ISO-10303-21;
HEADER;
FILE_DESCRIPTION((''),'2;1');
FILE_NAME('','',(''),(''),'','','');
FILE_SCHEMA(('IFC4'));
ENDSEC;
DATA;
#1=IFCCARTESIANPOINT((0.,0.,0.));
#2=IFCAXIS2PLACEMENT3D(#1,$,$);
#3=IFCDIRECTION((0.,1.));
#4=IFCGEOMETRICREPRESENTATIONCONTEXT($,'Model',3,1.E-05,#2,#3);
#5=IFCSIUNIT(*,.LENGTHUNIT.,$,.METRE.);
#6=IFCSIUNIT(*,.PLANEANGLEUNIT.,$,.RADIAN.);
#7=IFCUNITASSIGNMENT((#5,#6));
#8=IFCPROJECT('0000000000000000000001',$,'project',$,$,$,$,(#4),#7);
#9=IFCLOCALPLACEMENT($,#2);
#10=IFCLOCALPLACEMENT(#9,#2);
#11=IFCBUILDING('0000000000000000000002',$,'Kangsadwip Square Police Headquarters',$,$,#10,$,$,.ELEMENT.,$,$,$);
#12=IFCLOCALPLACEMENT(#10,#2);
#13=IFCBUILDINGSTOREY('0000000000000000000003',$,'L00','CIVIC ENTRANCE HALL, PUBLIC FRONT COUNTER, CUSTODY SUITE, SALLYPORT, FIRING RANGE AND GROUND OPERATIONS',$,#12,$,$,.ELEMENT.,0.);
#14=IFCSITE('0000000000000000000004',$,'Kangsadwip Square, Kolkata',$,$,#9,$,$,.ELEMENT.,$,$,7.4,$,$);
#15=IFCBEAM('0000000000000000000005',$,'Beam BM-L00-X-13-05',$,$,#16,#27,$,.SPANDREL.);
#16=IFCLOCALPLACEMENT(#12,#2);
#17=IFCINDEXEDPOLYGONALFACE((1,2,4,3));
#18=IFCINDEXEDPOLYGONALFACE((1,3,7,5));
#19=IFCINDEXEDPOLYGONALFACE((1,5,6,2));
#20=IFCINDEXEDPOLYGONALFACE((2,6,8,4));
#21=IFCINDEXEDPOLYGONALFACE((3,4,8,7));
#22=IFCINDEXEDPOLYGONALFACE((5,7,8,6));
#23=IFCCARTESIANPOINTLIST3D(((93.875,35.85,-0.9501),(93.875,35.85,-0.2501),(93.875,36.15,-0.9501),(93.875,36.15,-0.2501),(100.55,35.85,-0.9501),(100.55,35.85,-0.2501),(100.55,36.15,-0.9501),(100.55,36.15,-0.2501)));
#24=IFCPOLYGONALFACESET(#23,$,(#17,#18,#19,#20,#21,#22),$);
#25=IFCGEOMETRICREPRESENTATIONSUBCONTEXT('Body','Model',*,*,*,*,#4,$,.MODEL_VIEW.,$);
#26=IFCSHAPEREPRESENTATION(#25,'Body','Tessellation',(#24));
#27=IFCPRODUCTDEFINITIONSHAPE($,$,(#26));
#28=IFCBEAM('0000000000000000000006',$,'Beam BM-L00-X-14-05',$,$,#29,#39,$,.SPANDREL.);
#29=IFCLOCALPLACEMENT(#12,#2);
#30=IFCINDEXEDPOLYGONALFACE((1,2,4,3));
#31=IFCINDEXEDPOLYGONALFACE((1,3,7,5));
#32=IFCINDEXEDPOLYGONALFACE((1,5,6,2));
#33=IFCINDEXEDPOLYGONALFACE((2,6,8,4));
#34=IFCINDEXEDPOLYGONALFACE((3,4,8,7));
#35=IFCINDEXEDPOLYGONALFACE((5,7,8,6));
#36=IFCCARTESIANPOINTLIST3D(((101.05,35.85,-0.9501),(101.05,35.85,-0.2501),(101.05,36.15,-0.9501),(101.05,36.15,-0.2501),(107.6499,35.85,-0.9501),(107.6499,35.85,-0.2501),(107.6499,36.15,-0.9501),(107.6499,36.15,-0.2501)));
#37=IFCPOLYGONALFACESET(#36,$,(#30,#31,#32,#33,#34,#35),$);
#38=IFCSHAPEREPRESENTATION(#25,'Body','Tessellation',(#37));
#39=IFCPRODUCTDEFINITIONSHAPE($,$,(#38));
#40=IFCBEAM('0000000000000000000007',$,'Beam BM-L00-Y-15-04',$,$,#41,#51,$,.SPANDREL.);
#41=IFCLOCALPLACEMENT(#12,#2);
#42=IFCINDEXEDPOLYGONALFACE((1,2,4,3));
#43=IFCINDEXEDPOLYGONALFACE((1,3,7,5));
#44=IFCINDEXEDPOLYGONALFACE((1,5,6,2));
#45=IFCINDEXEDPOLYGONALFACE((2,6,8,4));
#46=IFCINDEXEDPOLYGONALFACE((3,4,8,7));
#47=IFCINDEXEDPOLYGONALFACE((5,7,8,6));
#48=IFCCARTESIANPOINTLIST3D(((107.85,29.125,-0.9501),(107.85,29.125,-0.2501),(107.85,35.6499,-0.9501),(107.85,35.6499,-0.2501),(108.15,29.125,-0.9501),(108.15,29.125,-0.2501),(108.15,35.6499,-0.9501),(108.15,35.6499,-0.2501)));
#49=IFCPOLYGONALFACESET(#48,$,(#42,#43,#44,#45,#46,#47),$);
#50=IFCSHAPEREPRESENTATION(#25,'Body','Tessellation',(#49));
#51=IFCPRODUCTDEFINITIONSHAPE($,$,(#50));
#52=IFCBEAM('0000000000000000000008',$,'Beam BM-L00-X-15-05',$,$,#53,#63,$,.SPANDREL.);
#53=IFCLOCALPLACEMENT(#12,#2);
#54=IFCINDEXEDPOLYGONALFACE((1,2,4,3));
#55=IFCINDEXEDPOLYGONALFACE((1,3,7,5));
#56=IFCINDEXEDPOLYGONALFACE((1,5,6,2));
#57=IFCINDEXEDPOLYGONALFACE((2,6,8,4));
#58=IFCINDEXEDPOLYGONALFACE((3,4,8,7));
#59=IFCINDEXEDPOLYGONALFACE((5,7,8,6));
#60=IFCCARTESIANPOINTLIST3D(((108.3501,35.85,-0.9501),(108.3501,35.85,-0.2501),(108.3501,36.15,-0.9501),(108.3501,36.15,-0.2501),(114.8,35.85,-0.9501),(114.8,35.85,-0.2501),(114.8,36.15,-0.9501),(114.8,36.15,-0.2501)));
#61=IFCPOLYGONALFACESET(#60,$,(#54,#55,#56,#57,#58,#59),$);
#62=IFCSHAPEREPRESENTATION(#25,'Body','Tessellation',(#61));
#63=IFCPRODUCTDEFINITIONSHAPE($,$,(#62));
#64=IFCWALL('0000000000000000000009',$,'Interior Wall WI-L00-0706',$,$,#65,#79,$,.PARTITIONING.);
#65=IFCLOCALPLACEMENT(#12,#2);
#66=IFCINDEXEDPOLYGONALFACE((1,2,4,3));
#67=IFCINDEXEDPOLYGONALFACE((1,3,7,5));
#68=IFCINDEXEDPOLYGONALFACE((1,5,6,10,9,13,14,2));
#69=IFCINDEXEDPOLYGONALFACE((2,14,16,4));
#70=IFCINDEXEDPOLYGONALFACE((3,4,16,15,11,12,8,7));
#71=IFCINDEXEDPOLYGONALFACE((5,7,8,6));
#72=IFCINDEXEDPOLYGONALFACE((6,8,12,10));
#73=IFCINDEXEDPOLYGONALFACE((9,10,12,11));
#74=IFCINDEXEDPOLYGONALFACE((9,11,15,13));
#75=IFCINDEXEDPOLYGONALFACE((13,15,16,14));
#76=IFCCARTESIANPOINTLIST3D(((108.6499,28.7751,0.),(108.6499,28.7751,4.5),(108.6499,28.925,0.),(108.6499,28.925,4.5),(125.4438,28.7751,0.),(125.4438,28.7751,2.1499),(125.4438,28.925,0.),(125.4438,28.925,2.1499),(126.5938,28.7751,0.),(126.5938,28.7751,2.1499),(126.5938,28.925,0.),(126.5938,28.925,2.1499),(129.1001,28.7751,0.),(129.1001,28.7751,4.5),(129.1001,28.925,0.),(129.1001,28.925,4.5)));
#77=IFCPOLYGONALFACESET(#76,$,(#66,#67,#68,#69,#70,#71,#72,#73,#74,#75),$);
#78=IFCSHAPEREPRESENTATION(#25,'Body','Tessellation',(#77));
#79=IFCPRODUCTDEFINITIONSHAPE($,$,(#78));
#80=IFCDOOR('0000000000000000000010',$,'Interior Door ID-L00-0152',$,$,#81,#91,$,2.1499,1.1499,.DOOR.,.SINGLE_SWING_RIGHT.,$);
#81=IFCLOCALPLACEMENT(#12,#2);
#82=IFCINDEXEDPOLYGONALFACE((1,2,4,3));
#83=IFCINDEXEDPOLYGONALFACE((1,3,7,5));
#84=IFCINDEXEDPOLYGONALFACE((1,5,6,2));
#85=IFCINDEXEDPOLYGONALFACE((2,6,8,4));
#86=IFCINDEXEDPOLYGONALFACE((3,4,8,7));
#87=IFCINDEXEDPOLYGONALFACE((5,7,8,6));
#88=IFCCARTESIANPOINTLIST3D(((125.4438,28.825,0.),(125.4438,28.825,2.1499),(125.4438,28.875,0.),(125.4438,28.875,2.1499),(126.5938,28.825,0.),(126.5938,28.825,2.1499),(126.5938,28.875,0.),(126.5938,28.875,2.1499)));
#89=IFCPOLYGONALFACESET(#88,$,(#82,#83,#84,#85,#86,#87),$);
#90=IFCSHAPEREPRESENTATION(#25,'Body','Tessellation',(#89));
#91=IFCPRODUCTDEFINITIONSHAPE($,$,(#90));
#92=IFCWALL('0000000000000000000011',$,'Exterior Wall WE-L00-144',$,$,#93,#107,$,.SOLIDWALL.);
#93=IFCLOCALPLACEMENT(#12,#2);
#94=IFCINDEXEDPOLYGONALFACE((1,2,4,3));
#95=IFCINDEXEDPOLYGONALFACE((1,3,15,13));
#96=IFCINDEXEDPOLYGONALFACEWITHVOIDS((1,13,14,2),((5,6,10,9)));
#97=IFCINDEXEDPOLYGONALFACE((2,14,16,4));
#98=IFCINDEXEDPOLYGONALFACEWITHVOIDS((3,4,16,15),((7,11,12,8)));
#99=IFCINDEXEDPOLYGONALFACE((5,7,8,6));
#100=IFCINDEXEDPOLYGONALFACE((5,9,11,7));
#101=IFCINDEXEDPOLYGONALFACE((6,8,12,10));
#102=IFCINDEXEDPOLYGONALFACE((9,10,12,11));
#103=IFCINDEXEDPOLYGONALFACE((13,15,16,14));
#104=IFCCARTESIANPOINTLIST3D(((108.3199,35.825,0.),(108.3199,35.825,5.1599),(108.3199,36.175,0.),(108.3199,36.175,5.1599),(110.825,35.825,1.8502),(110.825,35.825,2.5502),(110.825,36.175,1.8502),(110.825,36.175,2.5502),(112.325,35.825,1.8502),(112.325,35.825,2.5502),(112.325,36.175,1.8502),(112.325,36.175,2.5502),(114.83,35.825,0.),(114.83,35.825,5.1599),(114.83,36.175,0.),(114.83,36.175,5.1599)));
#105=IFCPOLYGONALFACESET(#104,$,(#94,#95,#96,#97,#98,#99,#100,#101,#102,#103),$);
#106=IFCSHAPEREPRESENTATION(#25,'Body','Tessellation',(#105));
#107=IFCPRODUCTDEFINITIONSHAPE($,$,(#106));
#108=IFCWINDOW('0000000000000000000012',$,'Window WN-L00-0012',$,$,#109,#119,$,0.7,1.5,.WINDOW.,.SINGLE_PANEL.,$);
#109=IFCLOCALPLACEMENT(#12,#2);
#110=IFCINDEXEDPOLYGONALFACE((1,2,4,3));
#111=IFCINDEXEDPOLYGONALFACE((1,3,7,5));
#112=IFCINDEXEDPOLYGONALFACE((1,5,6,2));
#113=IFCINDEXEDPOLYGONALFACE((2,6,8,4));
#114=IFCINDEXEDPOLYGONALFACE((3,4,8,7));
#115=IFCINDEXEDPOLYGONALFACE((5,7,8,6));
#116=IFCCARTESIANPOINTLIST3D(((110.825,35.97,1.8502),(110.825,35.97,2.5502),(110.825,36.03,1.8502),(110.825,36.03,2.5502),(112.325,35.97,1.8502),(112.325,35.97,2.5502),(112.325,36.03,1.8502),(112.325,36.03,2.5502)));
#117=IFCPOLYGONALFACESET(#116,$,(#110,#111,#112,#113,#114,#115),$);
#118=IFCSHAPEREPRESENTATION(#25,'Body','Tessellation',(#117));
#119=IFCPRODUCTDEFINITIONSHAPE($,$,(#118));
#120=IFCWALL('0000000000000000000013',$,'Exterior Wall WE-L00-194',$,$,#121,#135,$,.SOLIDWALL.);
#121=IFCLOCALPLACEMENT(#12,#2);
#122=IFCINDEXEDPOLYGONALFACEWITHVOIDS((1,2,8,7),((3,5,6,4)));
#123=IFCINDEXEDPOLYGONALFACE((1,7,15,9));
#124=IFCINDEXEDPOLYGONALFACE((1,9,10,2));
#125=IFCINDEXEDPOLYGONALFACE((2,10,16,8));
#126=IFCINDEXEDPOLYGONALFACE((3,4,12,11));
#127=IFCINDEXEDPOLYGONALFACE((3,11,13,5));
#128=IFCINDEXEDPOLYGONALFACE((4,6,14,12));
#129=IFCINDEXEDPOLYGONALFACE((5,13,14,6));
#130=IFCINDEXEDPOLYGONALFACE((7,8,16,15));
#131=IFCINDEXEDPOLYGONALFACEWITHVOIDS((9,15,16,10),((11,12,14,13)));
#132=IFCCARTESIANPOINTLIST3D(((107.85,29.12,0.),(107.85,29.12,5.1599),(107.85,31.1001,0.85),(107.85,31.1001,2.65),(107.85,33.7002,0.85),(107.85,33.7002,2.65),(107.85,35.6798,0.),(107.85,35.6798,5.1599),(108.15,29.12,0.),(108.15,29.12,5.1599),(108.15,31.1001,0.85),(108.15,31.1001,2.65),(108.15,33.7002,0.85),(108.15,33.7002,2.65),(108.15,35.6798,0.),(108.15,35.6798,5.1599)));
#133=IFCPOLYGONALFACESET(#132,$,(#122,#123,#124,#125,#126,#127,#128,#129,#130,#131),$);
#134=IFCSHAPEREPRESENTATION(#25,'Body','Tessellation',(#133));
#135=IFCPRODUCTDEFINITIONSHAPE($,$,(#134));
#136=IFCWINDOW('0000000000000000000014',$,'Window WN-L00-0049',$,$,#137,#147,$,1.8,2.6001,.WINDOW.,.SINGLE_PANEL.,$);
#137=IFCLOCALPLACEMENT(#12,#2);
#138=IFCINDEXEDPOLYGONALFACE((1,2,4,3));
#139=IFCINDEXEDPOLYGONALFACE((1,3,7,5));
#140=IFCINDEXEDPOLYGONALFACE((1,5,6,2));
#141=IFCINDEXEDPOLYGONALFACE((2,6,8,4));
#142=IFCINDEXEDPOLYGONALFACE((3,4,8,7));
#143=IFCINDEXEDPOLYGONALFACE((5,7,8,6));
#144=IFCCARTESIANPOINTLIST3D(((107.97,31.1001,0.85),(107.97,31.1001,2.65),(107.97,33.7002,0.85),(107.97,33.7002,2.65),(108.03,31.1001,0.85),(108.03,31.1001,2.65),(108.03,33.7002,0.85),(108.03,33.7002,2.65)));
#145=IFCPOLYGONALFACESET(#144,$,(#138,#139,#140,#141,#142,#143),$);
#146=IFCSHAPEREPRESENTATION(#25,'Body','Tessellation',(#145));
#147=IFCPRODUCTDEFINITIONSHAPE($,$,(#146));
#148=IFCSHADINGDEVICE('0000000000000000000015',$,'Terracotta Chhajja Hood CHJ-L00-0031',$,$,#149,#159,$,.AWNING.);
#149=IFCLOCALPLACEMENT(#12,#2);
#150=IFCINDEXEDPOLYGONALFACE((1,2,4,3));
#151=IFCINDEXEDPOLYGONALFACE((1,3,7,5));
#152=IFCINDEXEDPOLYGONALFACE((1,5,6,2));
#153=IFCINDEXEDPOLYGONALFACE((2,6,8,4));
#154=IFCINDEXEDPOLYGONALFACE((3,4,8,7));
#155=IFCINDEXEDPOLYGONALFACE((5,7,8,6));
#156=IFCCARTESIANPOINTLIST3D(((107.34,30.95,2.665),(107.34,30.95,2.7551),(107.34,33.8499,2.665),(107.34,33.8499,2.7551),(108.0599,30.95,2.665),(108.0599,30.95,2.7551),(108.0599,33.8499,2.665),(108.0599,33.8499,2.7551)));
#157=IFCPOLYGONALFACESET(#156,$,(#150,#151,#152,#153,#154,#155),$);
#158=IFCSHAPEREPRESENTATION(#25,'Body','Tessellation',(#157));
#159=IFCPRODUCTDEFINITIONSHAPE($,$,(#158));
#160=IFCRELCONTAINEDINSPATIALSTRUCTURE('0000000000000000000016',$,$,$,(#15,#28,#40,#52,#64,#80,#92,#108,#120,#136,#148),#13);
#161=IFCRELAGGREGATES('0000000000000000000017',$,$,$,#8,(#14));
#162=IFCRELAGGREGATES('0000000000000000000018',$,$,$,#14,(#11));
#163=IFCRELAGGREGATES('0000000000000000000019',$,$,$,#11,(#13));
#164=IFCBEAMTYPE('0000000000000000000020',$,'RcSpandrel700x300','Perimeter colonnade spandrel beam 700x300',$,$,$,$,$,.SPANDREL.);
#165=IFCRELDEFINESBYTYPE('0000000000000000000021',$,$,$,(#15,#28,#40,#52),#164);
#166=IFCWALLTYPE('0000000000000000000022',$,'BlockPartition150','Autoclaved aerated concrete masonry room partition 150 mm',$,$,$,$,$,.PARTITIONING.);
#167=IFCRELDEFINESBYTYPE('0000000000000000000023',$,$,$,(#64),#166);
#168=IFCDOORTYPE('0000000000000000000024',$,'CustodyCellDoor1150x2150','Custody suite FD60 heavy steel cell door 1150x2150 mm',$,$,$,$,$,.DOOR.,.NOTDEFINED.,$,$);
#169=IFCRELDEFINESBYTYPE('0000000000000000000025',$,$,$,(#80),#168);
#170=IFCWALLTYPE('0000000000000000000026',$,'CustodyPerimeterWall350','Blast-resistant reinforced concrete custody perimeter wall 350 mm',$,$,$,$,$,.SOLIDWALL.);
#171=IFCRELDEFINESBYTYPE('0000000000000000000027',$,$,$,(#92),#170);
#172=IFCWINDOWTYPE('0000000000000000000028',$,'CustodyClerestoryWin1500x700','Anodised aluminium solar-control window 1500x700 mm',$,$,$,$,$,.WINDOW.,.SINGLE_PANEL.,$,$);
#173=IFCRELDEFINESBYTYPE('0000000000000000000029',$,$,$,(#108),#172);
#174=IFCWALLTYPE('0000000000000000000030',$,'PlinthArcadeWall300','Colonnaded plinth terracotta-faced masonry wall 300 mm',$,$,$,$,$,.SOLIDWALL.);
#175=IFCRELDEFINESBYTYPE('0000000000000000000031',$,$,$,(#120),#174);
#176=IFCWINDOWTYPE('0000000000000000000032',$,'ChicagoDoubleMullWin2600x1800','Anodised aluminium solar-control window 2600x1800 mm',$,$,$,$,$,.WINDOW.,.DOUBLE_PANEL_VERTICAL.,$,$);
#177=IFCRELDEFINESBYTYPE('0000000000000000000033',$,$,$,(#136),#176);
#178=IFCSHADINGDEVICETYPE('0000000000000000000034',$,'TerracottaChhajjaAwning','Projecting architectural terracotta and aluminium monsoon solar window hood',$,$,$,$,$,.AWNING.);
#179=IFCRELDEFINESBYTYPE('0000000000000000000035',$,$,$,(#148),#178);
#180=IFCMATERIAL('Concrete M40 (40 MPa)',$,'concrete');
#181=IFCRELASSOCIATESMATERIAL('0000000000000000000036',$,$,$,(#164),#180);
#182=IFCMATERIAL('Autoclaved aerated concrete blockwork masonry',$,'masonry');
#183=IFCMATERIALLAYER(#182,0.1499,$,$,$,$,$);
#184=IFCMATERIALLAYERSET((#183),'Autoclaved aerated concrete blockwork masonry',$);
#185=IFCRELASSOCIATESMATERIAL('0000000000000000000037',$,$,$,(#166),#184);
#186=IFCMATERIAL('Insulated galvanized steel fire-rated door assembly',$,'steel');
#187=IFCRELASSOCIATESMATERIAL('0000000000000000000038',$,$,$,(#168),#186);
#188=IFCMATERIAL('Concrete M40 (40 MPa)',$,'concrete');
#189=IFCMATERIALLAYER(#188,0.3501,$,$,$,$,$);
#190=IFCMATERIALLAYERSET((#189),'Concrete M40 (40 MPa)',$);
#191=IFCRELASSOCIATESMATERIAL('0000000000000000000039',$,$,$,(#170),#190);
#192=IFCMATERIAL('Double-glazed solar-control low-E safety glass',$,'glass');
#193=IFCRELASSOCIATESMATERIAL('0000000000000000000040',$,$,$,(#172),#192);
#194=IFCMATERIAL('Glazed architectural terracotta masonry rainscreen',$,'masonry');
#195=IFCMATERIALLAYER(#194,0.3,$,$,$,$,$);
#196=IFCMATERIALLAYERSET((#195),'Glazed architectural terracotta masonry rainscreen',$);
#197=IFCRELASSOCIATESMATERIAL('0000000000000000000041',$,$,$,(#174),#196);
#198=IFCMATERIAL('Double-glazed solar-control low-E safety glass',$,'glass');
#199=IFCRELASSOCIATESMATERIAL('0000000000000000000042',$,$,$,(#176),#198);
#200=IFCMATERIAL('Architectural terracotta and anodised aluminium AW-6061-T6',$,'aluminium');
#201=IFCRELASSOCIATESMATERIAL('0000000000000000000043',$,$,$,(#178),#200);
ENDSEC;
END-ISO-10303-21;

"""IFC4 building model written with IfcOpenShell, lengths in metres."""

from ifc_helpers import new_model, si_unit, direction, frame, frame_2d, origin, origin_2d, place, context, subcontext, project, spatial, rectangle, extrude, material, layer, layer_set, material_profile, profile_set, type_object, element, fill, save


model = new_model("IFC4")

# Units and contexts
model_context = context("Model", 3, precision=1e-05, world=origin(), true_north=direction((0.0, 1.0)))
body_context = subcontext(model_context, "Body", "Model", "MODEL_VIEW")
ifc_project = project(units=[si_unit("LENGTHUNIT", "METRE"), si_unit("PLANEANGLEUNIT", "RADIAN")], contexts=[model_context])

# Site, building, storey
site_placement = place(None, origin())
site = spatial("IfcSite", under=ifc_project, at=site_placement, Name="Kangsadwip Square, Kolkata", CompositionType="ELEMENT", RefElevation=7.4)
building_placement = place(site_placement, origin())
building = spatial("IfcBuilding", under=site, at=building_placement, Name="Kangsadwip Square Police Headquarters", CompositionType="ELEMENT")
storey_placement = place(building_placement, origin())
storey = spatial("IfcBuildingStorey", under=building, at=storey_placement, Name="L00", Description="CIVIC ENTRANCE HALL, PUBLIC FRONT COUNTER, CUSTODY SUITE, SALLYPORT, FIRING RANGE AND GROUND OPERATIONS", CompositionType="ELEMENT", Elevation=0.0)

# Beams
ifc_material_1 = material(Name="Concrete M40 (40 MPa)", Category="concrete")
ifc_material_profile_1 = material_profile(ifc_material_1, rectangle(XDim=0.3, YDim=0.7, at=origin_2d()), Name="RC SPN 700X300")
ifc_profile_set_1 = profile_set([ifc_material_profile_1], Name="Concrete M40 (40 MPa)")
beam_type_1 = type_object("IfcBeamType", Name="RcSpandrel700x300", Description="Perimeter colonnade spandrel beam 700x300", PredefinedType="SPANDREL", material=ifc_profile_set_1)
for number, where, z_axis, x_axis, name in (
    (1, (93.875, 36.0, -0.6001), (1.0, 0.0, 0.0), (0.0, 1.0, 0.0), "Beam BM-L00-X-13-05"),
):
    element("IfcBeam", number, at=place(storey_placement, frame(where, z_axis=z_axis, x_axis=x_axis)), inside=storey, type_object=beam_type_1, Name=name, PredefinedType="SPANDREL", context=body_context, shape_type="SweptSolid", body=[
        extrude(rectangle(XDim=0.3, YDim=0.7, at=origin_2d()), origin(), (0.0, 0.0, 1.0), 6.675),
    ])
beam_1_placement = place(storey_placement, frame((101.05, 36.0, -0.6001), z_axis=(1.0, 0.0, 0.0), x_axis=(0.0, 1.0, 0.0)))
element("IfcBeam", 2, at=beam_1_placement, inside=storey, type_object=beam_type_1, Name="Beam BM-L00-X-14-05", PredefinedType="SPANDREL", context=body_context, shape_type="SweptSolid", body=[
    extrude(rectangle(XDim=0.3, YDim=0.7, at=origin_2d()), origin(), (0.0, 0.0, 1.0), 6.5999),
])
beam_2_placement = place(storey_placement, frame((108.0, 29.125, -0.6001), z_axis=(0.0, 1.0, 0.0), x_axis=(-1.0, 0.0, 0.0)))
element("IfcBeam", 3, at=beam_2_placement, inside=storey, type_object=beam_type_1, Name="Beam BM-L00-Y-15-04", PredefinedType="SPANDREL", context=body_context, shape_type="SweptSolid", body=[
    extrude(rectangle(XDim=0.3, YDim=0.7, at=origin_2d()), origin(), (0.0, 0.0, 1.0), 6.5249),
])
beam_3_placement = place(storey_placement, frame((108.3501, 36.0, -0.6001), z_axis=(1.0, 0.0, 0.0), x_axis=(0.0, 1.0, 0.0)))
element("IfcBeam", 4, at=beam_3_placement, inside=storey, type_object=beam_type_1, Name="Beam BM-L00-X-15-05", PredefinedType="SPANDREL", context=body_context, shape_type="SweptSolid", body=[
    extrude(rectangle(XDim=0.3, YDim=0.7, at=origin_2d()), origin(), (0.0, 0.0, 1.0), 6.45),
])

# Wall, opening, door
ifc_material_2 = material(Name="Autoclaved aerated concrete blockwork masonry", Category="masonry")
ifc_layer_1 = layer(ifc_material_2, 0.1499)
ifc_layer_set_1 = layer_set([ifc_layer_1], Name="Autoclaved aerated concrete blockwork masonry")
wall_type_1 = type_object("IfcWallType", Name="BlockPartition150", Description="Autoclaved aerated concrete masonry room partition 150 mm", PredefinedType="PARTITIONING", material=ifc_layer_set_1)
wall_1_placement = place(storey_placement, frame((108.6499, 28.8501, 0.0), z_axis=(0.0, 0.0, 1.0), x_axis=(1.0, 0.0, 0.0)))
wall_1 = element("IfcWall", 5, at=wall_1_placement, inside=storey, type_object=wall_type_1, Name="Interior Wall WI-L00-0706", PredefinedType="PARTITIONING", context=body_context, shape_type="SweptSolid", body=[
    extrude(rectangle(XDim=20.4502, YDim=0.1499, at=frame_2d((10.2251, 0.0))), origin(), (0.0, 0.0, 1.0), 4.5),
])
opening_1_placement = place(wall_1_placement, frame((16.7939, 0.0, 0.0)))
opening_1 = element("IfcOpeningElement", 6, at=opening_1_placement, cuts=wall_1, PredefinedType="OPENING", context=body_context, shape_type="SweptSolid", body=[
    extrude(rectangle(XDim=1.1499, YDim=2.1499, at=frame_2d((0.575, 1.075))), frame((0.0, 0.085, 0.0), z_axis=(0.0, -1.0, 0.0), x_axis=(1.0, 0.0, 0.0)), (0.0, 0.0, 1.0), 0.1699),
])
ifc_material_3 = material(Name="Insulated galvanized steel fire-rated door assembly", Category="steel")
door_type = type_object("IfcDoorType", Name="CustodyCellDoor1150x2150", Description="Custody suite FD60 heavy steel cell door 1150x2150 mm", OperationType="NOTDEFINED", PredefinedType="DOOR", material=ifc_material_3)
door_placement = place(opening_1_placement, origin())
door = element("IfcDoor", 7, at=door_placement, inside=storey, type_object=door_type, Name="Interior Door ID-L00-0152", OperationType="SINGLE_SWING_RIGHT", OverallHeight=2.1499, OverallWidth=1.1499, PredefinedType="DOOR", context=body_context, shape_type="SweptSolid", body=[
    extrude(rectangle(XDim=1.1499, YDim=2.1499, at=frame_2d((0.575, 1.075))), frame((0.0, 0.0249, 0.0), z_axis=(0.0, -1.0, 0.0), x_axis=(1.0, 0.0, 0.0)), (0.0, 0.0, 1.0), 0.05),
])
fill(opening_1, door)

# Walls, openings, windows
ifc_material_4 = material(Name="Concrete M40 (40 MPa)", Category="concrete")
ifc_layer_2 = layer(ifc_material_4, 0.3501)
ifc_layer_set_2 = layer_set([ifc_layer_2], Name="Concrete M40 (40 MPa)")
wall_type_2 = type_object("IfcWallType", Name="CustodyPerimeterWall350", Description="Blast-resistant reinforced concrete custody perimeter wall 350 mm", PredefinedType="SOLIDWALL", material=ifc_layer_set_2)
wall_2_placement = place(storey_placement, frame((108.3201, 36.0, 0.0), z_axis=(0.0, 0.0, 1.0), x_axis=(1.0, 0.0, 0.0)))
wall_2 = element("IfcWall", 8, at=wall_2_placement, inside=storey, type_object=wall_type_2, Name="Exterior Wall WE-L00-144", PredefinedType="SOLIDWALL", context=body_context, shape_type="SweptSolid", body=[
    extrude(rectangle(XDim=6.51, YDim=0.3501, at=frame_2d((3.2549, 0.0))), origin(), (0.0, 0.0, 1.0), 5.1599),
])
opening_2_placement = place(wall_2_placement, frame((2.5049, 0.0, 1.8501)))
opening_2 = element("IfcOpeningElement", 9, at=opening_2_placement, cuts=wall_2, PredefinedType="OPENING", context=body_context, shape_type="SweptSolid", body=[
    extrude(rectangle(XDim=1.5, YDim=0.7, at=frame_2d((0.75, 0.3501))), frame((0.0, 0.1851, 0.0), z_axis=(0.0, -1.0, 0.0), x_axis=(1.0, 0.0, 0.0)), (0.0, 0.0, 1.0), 0.3701),
])
ifc_material_5 = material(Name="Double-glazed solar-control low-E safety glass", Category="glass")
window_type_1 = type_object("IfcWindowType", Name="CustodyClerestoryWin1500x700", Description="Anodised aluminium solar-control window 1500x700 mm", PartitioningType="SINGLE_PANEL", PredefinedType="WINDOW", material=ifc_material_5)
window_1_placement = place(opening_2_placement, origin())
window_1 = element("IfcWindow", 10, at=window_1_placement, inside=storey, type_object=window_type_1, Name="Window WN-L00-0012", OverallHeight=0.7, OverallWidth=1.5, PartitioningType="SINGLE_PANEL", PredefinedType="WINDOW", context=body_context, shape_type="SweptSolid", body=[
    extrude(rectangle(XDim=1.5, YDim=0.7, at=frame_2d((0.75, 0.3501))), frame((0.0, 0.03, 0.0), z_axis=(0.0, -1.0, 0.0), x_axis=(1.0, 0.0, 0.0)), (0.0, 0.0, 1.0), 0.0601),
])
fill(opening_2, window_1)
ifc_material_6 = material(Name="Glazed architectural terracotta masonry rainscreen", Category="masonry")
ifc_layer_3 = layer(ifc_material_6, 0.3)
ifc_layer_set_3 = layer_set([ifc_layer_3], Name="Glazed architectural terracotta masonry rainscreen")
wall_type_3 = type_object("IfcWallType", Name="PlinthArcadeWall300", Description="Colonnaded plinth terracotta-faced masonry wall 300 mm", PredefinedType="SOLIDWALL", material=ifc_layer_set_3)
wall_3_placement = place(storey_placement, frame((108.0, 29.1201, 0.0), z_axis=(0.0, 0.0, 1.0), x_axis=(0.0, 1.0, 0.0)))
wall_3 = element("IfcWall", 11, at=wall_3_placement, inside=storey, type_object=wall_type_3, Name="Exterior Wall WE-L00-194", PredefinedType="SOLIDWALL", context=body_context, shape_type="SweptSolid", body=[
    extrude(rectangle(XDim=6.5598, YDim=0.3, at=frame_2d((3.2798, 0.0))), origin(), (0.0, 0.0, 1.0), 5.1599),
])
opening_3_placement = place(wall_3_placement, frame((1.98, 0.0, 0.8501)))
opening_3 = element("IfcOpeningElement", 12, at=opening_3_placement, cuts=wall_3, PredefinedType="OPENING", context=body_context, shape_type="SweptSolid", body=[
    extrude(rectangle(XDim=2.6001, YDim=1.8, at=frame_2d((1.3, 0.8999))), frame((0.0, 0.1599, 0.0), z_axis=(0.0, -1.0, 0.0), x_axis=(1.0, 0.0, 0.0)), (0.0, 0.0, 1.0), 0.3201),
])
ifc_material_7 = material(Name="Double-glazed solar-control low-E safety glass", Category="glass")
window_type_2 = type_object("IfcWindowType", Name="ChicagoDoubleMullWin2600x1800", Description="Anodised aluminium solar-control window 2600x1800 mm", PartitioningType="DOUBLE_PANEL_VERTICAL", PredefinedType="WINDOW", material=ifc_material_7)
window_2_placement = place(opening_3_placement, origin())
window_2 = element("IfcWindow", 13, at=window_2_placement, inside=storey, type_object=window_type_2, Name="Window WN-L00-0049", OverallHeight=1.8, OverallWidth=2.6001, PartitioningType="SINGLE_PANEL", PredefinedType="WINDOW", context=body_context, shape_type="SweptSolid", body=[
    extrude(rectangle(XDim=2.6001, YDim=1.8, at=frame_2d((1.3, 0.8999))), frame((0.0, 0.03, 0.0), z_axis=(0.0, -1.0, 0.0), x_axis=(1.0, 0.0, 0.0)), (0.0, 0.0, 1.0), 0.0601),
])
fill(opening_3, window_2)

# Shading device
ifc_material_8 = material(Name="Architectural terracotta and anodised aluminium AW-6061-T6", Category="aluminium")
shading_device_type = type_object("IfcShadingDeviceType", Name="TerracottaChhajjaAwning", Description="Projecting architectural terracotta and aluminium monsoon solar window hood", PredefinedType="AWNING", material=ifc_material_8)
shading_device_placement = place(storey_placement, frame((107.7, 32.3999, 2.665), z_axis=(0.0, 0.0, 1.0), x_axis=(0.0, 1.0, 0.0)))
element("IfcShadingDevice", 14, at=shading_device_placement, inside=storey, type_object=shading_device_type, Name="Terracotta Chhajja Hood CHJ-L00-0031", PredefinedType="AWNING", context=body_context, shape_type="SweptSolid", body=[
    extrude(rectangle(XDim=2.8999, YDim=0.72, at=origin_2d()), origin(), (0.0, 0.0, 1.0), 0.0901),
])

save(model, "model.ifc")
